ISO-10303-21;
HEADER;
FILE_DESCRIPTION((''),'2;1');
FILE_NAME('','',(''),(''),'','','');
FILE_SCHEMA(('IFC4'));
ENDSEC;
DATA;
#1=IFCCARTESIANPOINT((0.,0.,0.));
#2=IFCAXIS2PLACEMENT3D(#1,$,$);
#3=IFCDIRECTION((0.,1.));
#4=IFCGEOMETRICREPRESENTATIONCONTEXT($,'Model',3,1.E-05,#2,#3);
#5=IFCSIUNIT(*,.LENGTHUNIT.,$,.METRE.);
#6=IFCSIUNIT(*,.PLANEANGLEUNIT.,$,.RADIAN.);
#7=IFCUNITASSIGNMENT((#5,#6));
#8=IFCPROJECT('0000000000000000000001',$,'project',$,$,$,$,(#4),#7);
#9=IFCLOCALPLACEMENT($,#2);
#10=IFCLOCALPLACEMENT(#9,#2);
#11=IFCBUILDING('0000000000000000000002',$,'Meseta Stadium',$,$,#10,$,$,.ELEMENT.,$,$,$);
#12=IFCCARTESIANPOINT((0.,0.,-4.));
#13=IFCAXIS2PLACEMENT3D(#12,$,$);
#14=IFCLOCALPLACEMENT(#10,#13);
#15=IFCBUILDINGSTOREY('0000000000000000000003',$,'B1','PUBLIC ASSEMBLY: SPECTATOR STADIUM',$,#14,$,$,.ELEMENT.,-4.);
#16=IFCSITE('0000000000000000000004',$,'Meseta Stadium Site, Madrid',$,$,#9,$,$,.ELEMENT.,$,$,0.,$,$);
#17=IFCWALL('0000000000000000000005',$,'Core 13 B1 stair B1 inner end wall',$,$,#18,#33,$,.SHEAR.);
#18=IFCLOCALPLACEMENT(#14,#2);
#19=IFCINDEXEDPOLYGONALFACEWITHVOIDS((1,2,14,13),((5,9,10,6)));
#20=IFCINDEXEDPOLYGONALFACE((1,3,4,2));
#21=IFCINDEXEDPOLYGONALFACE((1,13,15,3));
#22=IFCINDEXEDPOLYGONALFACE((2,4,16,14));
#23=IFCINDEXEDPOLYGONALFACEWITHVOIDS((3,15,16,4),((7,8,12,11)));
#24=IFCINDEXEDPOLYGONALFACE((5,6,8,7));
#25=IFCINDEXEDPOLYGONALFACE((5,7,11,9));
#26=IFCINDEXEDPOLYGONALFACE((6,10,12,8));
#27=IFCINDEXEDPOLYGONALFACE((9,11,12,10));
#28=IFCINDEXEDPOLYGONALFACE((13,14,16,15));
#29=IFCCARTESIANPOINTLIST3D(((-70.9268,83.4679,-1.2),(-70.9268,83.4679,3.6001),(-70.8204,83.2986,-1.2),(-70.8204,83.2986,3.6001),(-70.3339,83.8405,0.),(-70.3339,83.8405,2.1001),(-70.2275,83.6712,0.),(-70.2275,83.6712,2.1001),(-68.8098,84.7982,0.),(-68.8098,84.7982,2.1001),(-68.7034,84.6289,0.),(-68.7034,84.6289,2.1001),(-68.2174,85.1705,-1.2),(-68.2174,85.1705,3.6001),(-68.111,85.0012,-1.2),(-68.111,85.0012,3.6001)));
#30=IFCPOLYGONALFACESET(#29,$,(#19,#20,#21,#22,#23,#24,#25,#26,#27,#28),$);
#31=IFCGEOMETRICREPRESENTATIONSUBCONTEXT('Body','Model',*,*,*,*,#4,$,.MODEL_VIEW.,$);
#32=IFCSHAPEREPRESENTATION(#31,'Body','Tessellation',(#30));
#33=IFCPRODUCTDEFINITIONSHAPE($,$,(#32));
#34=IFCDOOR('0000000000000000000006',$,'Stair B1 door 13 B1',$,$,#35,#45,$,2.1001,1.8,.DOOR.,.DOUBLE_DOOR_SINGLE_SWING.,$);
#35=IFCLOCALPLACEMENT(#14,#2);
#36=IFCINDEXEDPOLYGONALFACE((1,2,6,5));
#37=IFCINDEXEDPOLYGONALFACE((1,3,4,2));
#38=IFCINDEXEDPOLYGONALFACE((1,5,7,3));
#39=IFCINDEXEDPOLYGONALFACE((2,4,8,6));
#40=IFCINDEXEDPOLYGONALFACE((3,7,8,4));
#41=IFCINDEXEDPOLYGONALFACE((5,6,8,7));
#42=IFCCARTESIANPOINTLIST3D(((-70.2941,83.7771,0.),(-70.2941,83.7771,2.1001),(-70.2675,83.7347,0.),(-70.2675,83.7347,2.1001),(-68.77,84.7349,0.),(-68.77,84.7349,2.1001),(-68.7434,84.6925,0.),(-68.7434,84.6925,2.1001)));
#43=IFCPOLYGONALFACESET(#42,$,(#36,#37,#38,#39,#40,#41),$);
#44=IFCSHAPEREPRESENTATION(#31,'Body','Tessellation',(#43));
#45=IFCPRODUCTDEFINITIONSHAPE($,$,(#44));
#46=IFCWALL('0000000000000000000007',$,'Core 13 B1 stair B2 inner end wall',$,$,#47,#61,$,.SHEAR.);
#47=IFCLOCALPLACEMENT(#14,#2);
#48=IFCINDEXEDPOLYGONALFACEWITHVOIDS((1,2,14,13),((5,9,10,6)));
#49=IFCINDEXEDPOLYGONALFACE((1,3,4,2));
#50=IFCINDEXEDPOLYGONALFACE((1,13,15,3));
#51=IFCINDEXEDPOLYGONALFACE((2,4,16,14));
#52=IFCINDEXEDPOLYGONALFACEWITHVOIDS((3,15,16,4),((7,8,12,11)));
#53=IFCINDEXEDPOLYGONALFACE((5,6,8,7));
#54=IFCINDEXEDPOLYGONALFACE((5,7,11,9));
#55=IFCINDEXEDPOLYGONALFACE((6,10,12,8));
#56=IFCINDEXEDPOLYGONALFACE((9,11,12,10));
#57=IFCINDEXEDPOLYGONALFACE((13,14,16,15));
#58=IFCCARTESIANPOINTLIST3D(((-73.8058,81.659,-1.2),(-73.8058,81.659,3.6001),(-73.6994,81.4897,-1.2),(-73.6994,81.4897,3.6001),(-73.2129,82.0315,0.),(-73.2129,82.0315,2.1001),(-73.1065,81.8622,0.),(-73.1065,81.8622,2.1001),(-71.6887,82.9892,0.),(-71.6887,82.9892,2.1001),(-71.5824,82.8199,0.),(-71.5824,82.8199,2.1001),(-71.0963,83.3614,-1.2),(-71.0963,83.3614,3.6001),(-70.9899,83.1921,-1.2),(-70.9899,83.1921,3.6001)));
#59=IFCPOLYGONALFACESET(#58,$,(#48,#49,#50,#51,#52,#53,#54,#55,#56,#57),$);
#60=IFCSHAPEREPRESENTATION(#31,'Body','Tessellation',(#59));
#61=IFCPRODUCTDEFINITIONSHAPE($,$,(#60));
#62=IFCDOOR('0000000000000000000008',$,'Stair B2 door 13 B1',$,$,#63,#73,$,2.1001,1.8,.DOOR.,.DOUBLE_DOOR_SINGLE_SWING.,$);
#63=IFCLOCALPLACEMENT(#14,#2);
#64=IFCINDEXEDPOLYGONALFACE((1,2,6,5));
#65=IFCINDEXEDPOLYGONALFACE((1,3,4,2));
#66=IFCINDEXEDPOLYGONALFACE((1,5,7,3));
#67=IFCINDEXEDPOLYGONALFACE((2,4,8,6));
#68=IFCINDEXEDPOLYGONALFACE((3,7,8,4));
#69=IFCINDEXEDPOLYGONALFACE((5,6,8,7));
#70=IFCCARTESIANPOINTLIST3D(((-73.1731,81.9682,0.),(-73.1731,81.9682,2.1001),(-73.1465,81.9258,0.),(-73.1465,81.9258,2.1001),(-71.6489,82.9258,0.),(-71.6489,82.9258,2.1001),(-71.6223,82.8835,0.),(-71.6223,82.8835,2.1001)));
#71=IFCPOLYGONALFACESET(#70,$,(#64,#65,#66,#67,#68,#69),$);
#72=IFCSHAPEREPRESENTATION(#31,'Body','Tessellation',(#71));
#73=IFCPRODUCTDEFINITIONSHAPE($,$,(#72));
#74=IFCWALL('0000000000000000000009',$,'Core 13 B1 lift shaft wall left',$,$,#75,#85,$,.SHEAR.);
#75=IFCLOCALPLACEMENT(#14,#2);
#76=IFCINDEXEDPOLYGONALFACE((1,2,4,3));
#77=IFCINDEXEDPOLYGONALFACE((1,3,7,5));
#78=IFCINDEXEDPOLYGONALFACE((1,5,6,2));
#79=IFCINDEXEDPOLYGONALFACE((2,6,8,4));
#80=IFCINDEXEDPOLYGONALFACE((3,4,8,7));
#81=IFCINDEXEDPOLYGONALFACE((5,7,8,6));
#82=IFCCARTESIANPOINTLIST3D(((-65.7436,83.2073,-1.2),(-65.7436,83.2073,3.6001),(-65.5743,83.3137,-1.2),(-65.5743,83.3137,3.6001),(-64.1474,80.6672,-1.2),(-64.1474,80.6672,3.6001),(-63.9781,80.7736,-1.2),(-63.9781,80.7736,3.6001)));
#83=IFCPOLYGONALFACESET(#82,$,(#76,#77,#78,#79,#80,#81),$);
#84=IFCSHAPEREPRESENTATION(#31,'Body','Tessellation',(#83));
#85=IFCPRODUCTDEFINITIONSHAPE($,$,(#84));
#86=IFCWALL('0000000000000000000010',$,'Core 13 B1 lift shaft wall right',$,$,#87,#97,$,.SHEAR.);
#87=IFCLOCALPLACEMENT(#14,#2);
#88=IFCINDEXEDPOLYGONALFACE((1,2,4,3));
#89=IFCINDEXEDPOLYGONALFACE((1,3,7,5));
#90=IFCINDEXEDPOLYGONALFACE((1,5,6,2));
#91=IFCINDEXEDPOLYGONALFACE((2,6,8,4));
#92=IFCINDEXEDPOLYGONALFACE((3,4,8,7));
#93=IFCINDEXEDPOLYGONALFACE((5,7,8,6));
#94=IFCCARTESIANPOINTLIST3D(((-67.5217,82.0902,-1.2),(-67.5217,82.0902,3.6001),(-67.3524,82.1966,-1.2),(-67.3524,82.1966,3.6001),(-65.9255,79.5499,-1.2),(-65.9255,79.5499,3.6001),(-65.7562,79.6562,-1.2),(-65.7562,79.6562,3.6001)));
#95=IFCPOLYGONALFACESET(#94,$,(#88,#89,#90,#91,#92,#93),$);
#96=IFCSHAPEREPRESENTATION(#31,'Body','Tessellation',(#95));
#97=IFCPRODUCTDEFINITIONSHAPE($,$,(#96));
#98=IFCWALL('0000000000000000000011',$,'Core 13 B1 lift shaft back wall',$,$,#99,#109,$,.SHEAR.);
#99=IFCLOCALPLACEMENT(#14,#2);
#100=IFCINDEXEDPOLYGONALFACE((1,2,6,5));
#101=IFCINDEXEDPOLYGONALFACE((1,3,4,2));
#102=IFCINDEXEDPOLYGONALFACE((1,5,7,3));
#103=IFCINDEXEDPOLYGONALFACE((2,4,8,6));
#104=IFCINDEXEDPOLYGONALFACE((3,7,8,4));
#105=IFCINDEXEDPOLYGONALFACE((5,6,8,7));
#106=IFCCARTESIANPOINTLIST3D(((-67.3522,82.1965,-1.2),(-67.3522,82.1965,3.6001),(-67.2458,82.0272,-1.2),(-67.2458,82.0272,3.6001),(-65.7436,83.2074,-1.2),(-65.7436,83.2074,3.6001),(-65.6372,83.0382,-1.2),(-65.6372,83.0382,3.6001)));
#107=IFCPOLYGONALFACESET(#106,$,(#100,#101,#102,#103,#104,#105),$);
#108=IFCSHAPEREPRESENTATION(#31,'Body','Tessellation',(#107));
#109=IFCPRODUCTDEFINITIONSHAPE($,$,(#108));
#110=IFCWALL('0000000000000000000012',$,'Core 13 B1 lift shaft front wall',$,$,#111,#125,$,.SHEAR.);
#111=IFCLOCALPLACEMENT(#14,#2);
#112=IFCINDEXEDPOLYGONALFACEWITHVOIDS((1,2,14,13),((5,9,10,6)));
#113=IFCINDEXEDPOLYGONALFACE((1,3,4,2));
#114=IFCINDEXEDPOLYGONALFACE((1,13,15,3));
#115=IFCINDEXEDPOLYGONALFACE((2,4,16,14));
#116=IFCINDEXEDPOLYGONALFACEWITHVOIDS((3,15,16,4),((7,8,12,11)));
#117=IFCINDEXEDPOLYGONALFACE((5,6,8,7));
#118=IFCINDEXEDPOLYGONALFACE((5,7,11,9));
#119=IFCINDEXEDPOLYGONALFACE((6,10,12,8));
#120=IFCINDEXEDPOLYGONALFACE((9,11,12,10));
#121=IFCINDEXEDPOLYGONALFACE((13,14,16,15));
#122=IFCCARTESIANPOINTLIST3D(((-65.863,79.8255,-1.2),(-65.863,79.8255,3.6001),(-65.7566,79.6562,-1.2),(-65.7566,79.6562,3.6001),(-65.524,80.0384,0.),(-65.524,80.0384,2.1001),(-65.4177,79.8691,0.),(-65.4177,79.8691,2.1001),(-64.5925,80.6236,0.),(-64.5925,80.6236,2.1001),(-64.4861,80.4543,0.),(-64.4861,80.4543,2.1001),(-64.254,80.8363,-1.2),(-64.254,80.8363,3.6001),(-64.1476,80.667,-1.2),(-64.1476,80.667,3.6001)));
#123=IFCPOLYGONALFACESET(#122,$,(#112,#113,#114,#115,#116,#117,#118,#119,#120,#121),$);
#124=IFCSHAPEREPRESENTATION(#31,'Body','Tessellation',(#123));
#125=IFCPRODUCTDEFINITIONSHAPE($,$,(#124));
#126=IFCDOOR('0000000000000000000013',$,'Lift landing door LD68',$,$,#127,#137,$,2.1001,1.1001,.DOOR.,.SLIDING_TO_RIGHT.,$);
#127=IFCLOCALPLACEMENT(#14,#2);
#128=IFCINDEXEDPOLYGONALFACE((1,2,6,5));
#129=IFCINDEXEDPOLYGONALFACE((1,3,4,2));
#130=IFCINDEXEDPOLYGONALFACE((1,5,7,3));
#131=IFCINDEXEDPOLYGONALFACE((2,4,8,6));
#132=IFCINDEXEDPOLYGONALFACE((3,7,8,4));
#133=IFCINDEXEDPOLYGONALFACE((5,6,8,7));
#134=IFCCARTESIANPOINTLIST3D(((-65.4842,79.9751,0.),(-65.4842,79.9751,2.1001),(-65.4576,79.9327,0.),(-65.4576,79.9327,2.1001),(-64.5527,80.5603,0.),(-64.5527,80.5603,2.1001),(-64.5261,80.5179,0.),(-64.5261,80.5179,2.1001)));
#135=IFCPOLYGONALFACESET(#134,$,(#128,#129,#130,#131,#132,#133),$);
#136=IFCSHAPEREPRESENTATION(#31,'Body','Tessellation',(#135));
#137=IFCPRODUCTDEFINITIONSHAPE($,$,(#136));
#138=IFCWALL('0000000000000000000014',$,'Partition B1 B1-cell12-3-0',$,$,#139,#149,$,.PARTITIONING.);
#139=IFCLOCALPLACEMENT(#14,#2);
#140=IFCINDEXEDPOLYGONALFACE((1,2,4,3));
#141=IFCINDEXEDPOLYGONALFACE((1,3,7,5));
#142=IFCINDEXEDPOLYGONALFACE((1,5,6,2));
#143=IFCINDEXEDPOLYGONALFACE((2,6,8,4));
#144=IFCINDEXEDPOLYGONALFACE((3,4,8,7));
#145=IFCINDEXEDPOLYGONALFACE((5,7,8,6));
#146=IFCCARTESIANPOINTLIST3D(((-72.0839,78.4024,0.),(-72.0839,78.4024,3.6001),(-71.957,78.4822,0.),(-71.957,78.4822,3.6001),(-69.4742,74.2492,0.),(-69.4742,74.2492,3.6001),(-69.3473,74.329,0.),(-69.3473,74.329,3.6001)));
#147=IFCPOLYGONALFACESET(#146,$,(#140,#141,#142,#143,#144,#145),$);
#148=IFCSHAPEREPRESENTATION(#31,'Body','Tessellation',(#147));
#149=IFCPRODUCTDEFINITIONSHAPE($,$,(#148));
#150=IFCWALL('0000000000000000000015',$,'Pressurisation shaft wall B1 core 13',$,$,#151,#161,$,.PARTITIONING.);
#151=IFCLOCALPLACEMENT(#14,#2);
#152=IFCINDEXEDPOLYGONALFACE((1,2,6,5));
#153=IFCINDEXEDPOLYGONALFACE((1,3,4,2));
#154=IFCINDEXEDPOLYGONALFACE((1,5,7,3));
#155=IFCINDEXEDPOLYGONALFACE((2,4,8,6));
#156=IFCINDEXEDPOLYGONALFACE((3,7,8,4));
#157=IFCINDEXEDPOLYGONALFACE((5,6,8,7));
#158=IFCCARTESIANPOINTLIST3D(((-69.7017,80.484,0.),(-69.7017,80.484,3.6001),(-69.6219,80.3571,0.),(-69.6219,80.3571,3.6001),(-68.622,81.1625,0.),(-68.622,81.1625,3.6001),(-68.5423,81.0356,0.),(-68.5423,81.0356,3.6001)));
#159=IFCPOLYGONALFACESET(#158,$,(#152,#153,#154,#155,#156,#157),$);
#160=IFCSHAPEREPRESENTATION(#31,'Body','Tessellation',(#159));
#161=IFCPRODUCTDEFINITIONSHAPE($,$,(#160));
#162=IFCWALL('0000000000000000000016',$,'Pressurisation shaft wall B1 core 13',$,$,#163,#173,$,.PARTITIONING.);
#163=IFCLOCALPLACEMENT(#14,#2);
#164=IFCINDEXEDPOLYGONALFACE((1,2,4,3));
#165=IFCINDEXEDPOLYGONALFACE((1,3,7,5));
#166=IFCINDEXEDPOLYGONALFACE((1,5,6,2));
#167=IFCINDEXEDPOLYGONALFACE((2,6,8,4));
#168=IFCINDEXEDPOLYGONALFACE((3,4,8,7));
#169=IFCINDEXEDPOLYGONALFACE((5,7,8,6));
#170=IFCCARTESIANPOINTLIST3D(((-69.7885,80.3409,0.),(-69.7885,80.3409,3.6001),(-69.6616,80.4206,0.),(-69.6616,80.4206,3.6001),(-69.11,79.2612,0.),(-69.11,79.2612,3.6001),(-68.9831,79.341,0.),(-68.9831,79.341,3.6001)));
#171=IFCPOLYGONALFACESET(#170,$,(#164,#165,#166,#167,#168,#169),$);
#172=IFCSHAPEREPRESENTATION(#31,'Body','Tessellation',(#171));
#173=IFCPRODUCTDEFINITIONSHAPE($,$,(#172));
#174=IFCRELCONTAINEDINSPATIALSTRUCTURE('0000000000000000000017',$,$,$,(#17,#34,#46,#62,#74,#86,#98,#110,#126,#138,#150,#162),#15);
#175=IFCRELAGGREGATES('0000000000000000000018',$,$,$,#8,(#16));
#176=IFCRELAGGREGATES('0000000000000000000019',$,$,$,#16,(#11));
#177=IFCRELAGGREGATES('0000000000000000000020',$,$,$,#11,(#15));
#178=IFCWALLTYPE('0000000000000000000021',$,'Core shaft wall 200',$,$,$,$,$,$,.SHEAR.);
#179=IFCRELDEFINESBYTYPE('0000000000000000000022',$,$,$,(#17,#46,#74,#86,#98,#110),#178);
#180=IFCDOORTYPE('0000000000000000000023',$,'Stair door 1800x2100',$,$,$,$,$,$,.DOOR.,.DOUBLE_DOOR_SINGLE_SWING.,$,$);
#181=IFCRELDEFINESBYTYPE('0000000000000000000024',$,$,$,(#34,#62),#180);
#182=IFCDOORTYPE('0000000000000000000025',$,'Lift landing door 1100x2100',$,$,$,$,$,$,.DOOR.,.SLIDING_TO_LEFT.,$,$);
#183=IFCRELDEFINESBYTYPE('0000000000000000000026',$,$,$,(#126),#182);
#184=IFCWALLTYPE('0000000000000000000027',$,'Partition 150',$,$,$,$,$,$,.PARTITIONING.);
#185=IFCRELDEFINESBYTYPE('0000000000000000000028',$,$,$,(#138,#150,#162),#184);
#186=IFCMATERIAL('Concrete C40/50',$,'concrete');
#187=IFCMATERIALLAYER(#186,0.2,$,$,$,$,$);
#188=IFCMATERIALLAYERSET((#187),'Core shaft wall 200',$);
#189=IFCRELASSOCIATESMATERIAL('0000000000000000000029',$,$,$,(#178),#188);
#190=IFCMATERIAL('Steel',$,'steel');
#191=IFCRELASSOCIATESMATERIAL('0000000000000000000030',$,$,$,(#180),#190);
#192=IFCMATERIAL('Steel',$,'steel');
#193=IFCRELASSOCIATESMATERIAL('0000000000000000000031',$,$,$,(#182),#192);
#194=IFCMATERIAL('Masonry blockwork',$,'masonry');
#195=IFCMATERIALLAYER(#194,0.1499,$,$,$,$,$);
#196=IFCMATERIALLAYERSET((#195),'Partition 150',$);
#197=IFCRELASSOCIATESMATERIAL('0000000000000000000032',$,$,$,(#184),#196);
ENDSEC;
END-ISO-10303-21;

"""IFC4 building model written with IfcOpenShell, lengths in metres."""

from ifc_helpers import new_model, si_unit, direction, frame, frame_2d, origin, place, context, subcontext, project, spatial, rectangle, extrude, material, layer, layer_set, type_object, element, fill, save


model = new_model("IFC4")

# Units and contexts
model_context = context("Model", 3, precision=1e-05, world=origin(), true_north=direction((0.0, 1.0)))
body_context = subcontext(model_context, "Body", "Model", "MODEL_VIEW")
ifc_project = project(units=[si_unit("LENGTHUNIT", "METRE"), si_unit("PLANEANGLEUNIT", "RADIAN")], contexts=[model_context])

# Site, building, storey
site_placement = place(None, origin())
site = spatial("IfcSite", under=ifc_project, at=site_placement, Name="Meseta Stadium Site, Madrid", CompositionType="ELEMENT", RefElevation=0.0)
building_placement = place(site_placement, origin())
building = spatial("IfcBuilding", under=site, at=building_placement, Name="Meseta Stadium", CompositionType="ELEMENT")
storey_placement = place(building_placement, frame((0.0, 0.0, -4.0)))
storey = spatial("IfcBuildingStorey", under=building, at=storey_placement, Name="B1", Description="PUBLIC ASSEMBLY: SPECTATOR STADIUM", CompositionType="ELEMENT", Elevation=-4.0)

# Walls, openings, doors
ifc_material_1 = material(Name="Concrete C40/50", Category="concrete")
ifc_layer_1 = layer(ifc_material_1, 0.2)
ifc_layer_set_1 = layer_set([ifc_layer_1], Name="Core shaft wall 200")
wall_type_1 = type_object("IfcWallType", Name="Core shaft wall 200", PredefinedType="SHEAR", material=ifc_layer_set_1)
wall_1_placement = place(storey_placement, frame((-68.1641, 85.0859, -1.2), z_axis=(0.0, 0.0, 1.0), x_axis=(-0.846701, -0.532068, 0.0)))
wall_1 = element("IfcWall", 1, at=wall_1_placement, inside=storey, type_object=wall_type_1, Name="Core 13 B1 stair B1 inner end wall", PredefinedType="SHEAR", context=body_context, shape_type="SweptSolid", body=[
    extrude(rectangle(XDim=3.2, YDim=0.2, at=frame_2d((1.6001, 0.0))), origin(), (0.0, 0.0, 1.0), 4.8),
])
opening_1_placement = place(wall_1_placement, frame((0.7, 0.0, 1.2)))
opening_1 = element("IfcOpeningElement", 2, at=opening_1_placement, cuts=wall_1, PredefinedType="OPENING", context=body_context, shape_type="SweptSolid", body=[
    extrude(rectangle(XDim=1.8, YDim=2.1001, at=frame_2d((0.8999, 1.05))), frame((0.0, 0.1099, 0.0), z_axis=(0.0, -1.0, 0.0), x_axis=(1.0, 0.0, 0.0)), (0.0, 0.0, 1.0), 0.22),
])
ifc_material_2 = material(Name="Steel", Category="steel")
door_type_1 = type_object("IfcDoorType", Name="Stair door 1800x2100", OperationType="DOUBLE_DOOR_SINGLE_SWING", PredefinedType="DOOR", material=ifc_material_2)
door_1_placement = place(opening_1_placement, origin())
door_1 = element("IfcDoor", 3, at=door_1_placement, inside=storey, type_object=door_type_1, Name="Stair B1 door 13 B1", OperationType="DOUBLE_DOOR_SINGLE_SWING", OverallHeight=2.1001, OverallWidth=1.8, PredefinedType="DOOR", context=body_context, shape_type="SweptSolid", body=[
    extrude(rectangle(XDim=1.8, YDim=2.1001, at=frame_2d((0.8999, 1.05))), frame((0.0, 0.0249, 0.0), z_axis=(0.0, -1.0, 0.0), x_axis=(1.0, 0.0, 0.0)), (0.0, 0.0, 1.0), 0.05),
])
fill(opening_1, door_1)
wall_2_placement = place(storey_placement, frame((-71.043, 83.2769, -1.2), z_axis=(0.0, 0.0, 1.0), x_axis=(-0.846736, -0.532014, 0.0)))
wall_2 = element("IfcWall", 4, at=wall_2_placement, inside=storey, type_object=wall_type_1, Name="Core 13 B1 stair B2 inner end wall", PredefinedType="SHEAR", context=body_context, shape_type="SweptSolid", body=[
    extrude(rectangle(XDim=3.2, YDim=0.2, at=frame_2d((1.6001, 0.0))), origin(), (0.0, 0.0, 1.0), 4.8),
])
opening_2_placement = place(wall_2_placement, frame((0.7, 0.0, 1.2)))
opening_2 = element("IfcOpeningElement", 5, at=opening_2_placement, cuts=wall_2, PredefinedType="OPENING", context=body_context, shape_type="SweptSolid", body=[
    extrude(rectangle(XDim=1.8, YDim=2.1001, at=frame_2d((0.8999, 1.05))), frame((0.0, 0.1099, 0.0), z_axis=(0.0, -1.0, 0.0), x_axis=(1.0, 0.0, 0.0)), (0.0, 0.0, 1.0), 0.22),
])
door_2_placement = place(opening_2_placement, origin())
door_2 = element("IfcDoor", 6, at=door_2_placement, inside=storey, type_object=door_type_1, Name="Stair B2 door 13 B1", OperationType="DOUBLE_DOOR_SINGLE_SWING", OverallHeight=2.1001, OverallWidth=1.8, PredefinedType="DOOR", context=body_context, shape_type="SweptSolid", body=[
    extrude(rectangle(XDim=1.8, YDim=2.1001, at=frame_2d((0.8999, 1.05))), frame((0.0, 0.0249, 0.0), z_axis=(0.0, -1.0, 0.0), x_axis=(1.0, 0.0, 0.0)), (0.0, 0.0, 1.0), 0.05),
])
fill(opening_2, door_2)

# Walls
wall_3_placement = place(storey_placement, frame((-65.6589, 83.2605, -1.2), z_axis=(0.0, 0.0, 1.0), x_axis=(0.532075, -0.846697, 0.0)))
element("IfcWall", 7, at=wall_3_placement, inside=storey, type_object=wall_type_1, Name="Core 13 B1 lift shaft wall left", PredefinedType="SHEAR", context=body_context, shape_type="SweptSolid", body=[
    extrude(rectangle(XDim=3.0, YDim=0.2, at=frame_2d((1.5, 0.0))), origin(), (0.0, 0.0, 1.0), 4.8),
])
wall_4_placement = place(storey_placement, frame((-67.437, 82.1433, -1.2), z_axis=(0.0, 0.0, 1.0), x_axis=(0.532038, -0.84672, 0.0)))
element("IfcWall", 8, at=wall_4_placement, inside=storey, type_object=wall_type_1, Name="Core 13 B1 lift shaft wall right", PredefinedType="SHEAR", context=body_context, shape_type="SweptSolid", body=[
    extrude(rectangle(XDim=3.0002, YDim=0.2, at=frame_2d((1.5, 0.0))), origin(), (0.0, 0.0, 1.0), 4.8),
])
wall_5_placement = place(storey_placement, frame((-65.6904, 83.1228, -1.2), z_axis=(0.0, 0.0, 1.0), x_axis=(-0.846675, -0.532111, 0.0)))
element("IfcWall", 9, at=wall_5_placement, inside=storey, type_object=wall_type_1, Name="Core 13 B1 lift shaft back wall", PredefinedType="SHEAR", context=body_context, shape_type="SweptSolid", body=[
    extrude(rectangle(XDim=1.8999, YDim=0.2, at=frame_2d((0.95, 0.0))), origin(), (0.0, 0.0, 1.0), 4.8),
])

# Wall, opening, door
wall_6_placement = place(storey_placement, frame((-64.2007, 80.7517, -1.2), z_axis=(0.0, 0.0, 1.0), x_axis=(-0.846769, -0.531961, 0.0)))
wall_6 = element("IfcWall", 10, at=wall_6_placement, inside=storey, type_object=wall_type_1, Name="Core 13 B1 lift shaft front wall", PredefinedType="SHEAR", context=body_context, shape_type="SweptSolid", body=[
    extrude(rectangle(XDim=1.9001, YDim=0.2, at=frame_2d((0.9502, 0.0))), origin(), (0.0, 0.0, 1.0), 4.8),
])
opening_3_placement = place(wall_6_placement, frame((0.3999, 0.0, 1.2)))
opening_3 = element("IfcOpeningElement", 11, at=opening_3_placement, cuts=wall_6, PredefinedType="OPENING", context=body_context, shape_type="SweptSolid", body=[
    extrude(rectangle(XDim=1.1001, YDim=2.1001, at=frame_2d((0.55, 1.05))), frame((0.0, 0.1099, 0.0), z_axis=(0.0, -1.0, 0.0), x_axis=(1.0, 0.0, 0.0)), (0.0, 0.0, 1.0), 0.22),
])
ifc_material_3 = material(Name="Steel", Category="steel")
door_type_2 = type_object("IfcDoorType", Name="Lift landing door 1100x2100", OperationType="SLIDING_TO_LEFT", PredefinedType="DOOR", material=ifc_material_3)
door_3_placement = place(opening_3_placement, origin())
door_3 = element("IfcDoor", 12, at=door_3_placement, inside=storey, type_object=door_type_2, Name="Lift landing door LD68", OperationType="SLIDING_TO_RIGHT", OverallHeight=2.1001, OverallWidth=1.1001, PredefinedType="DOOR", context=body_context, shape_type="SweptSolid", body=[
    extrude(rectangle(XDim=1.1001, YDim=2.1001, at=frame_2d((0.55, 1.05))), frame((0.0, 0.0249, 0.0), z_axis=(0.0, -1.0, 0.0), x_axis=(1.0, 0.0, 0.0)), (0.0, 0.0, 1.0), 0.05),
])
fill(opening_3, door_3)

# Walls
ifc_material_4 = material(Name="Masonry blockwork", Category="masonry")
ifc_layer_2 = layer(ifc_material_4, 0.1499)
ifc_layer_set_2 = layer_set([ifc_layer_2], Name="Partition 150")
wall_type_2 = type_object("IfcWallType", Name="Partition 150", PredefinedType="PARTITIONING", material=ifc_layer_set_2)
wall_7_placement = place(storey_placement, frame((-72.0205, 78.4424, 0.0), z_axis=(0.0, 0.0, 1.0), x_axis=(0.532042, -0.846718, 0.0)))
element("IfcWall", 13, at=wall_7_placement, inside=storey, type_object=wall_type_2, Name="Partition B1 B1-cell12-3-0", PredefinedType="PARTITIONING", context=body_context, shape_type="SweptSolid", body=[
    extrude(rectangle(XDim=4.905, YDim=0.1499, at=frame_2d((2.4526, 0.0))), origin(), (0.0, 0.0, 1.0), 3.6001),
])
for number, where, z_axis, x_axis, name in (
    (14, (-68.582, 81.0991, 0.0), (0.0, 0.0, 1.0), (-0.846683, -0.532097, 0.0), "Pressurisation shaft wall B1 core 13"),
    (15, (-69.7251, 80.3809, 0.0), (0.0, 0.0, 1.0), (0.532097, -0.846683, 0.0), "Pressurisation shaft wall B1 core 13"),
):
    element("IfcWall", number, at=place(storey_placement, frame(where, z_axis=z_axis, x_axis=x_axis)), inside=storey, type_object=wall_type_2, Name=name, PredefinedType="PARTITIONING", context=body_context, shape_type="SweptSolid", body=[
        extrude(rectangle(XDim=1.2751, YDim=0.1499, at=frame_2d((0.6377, 0.0))), origin(), (0.0, 0.0, 1.0), 3.6001),
    ])

save(model, "model.ifc")
